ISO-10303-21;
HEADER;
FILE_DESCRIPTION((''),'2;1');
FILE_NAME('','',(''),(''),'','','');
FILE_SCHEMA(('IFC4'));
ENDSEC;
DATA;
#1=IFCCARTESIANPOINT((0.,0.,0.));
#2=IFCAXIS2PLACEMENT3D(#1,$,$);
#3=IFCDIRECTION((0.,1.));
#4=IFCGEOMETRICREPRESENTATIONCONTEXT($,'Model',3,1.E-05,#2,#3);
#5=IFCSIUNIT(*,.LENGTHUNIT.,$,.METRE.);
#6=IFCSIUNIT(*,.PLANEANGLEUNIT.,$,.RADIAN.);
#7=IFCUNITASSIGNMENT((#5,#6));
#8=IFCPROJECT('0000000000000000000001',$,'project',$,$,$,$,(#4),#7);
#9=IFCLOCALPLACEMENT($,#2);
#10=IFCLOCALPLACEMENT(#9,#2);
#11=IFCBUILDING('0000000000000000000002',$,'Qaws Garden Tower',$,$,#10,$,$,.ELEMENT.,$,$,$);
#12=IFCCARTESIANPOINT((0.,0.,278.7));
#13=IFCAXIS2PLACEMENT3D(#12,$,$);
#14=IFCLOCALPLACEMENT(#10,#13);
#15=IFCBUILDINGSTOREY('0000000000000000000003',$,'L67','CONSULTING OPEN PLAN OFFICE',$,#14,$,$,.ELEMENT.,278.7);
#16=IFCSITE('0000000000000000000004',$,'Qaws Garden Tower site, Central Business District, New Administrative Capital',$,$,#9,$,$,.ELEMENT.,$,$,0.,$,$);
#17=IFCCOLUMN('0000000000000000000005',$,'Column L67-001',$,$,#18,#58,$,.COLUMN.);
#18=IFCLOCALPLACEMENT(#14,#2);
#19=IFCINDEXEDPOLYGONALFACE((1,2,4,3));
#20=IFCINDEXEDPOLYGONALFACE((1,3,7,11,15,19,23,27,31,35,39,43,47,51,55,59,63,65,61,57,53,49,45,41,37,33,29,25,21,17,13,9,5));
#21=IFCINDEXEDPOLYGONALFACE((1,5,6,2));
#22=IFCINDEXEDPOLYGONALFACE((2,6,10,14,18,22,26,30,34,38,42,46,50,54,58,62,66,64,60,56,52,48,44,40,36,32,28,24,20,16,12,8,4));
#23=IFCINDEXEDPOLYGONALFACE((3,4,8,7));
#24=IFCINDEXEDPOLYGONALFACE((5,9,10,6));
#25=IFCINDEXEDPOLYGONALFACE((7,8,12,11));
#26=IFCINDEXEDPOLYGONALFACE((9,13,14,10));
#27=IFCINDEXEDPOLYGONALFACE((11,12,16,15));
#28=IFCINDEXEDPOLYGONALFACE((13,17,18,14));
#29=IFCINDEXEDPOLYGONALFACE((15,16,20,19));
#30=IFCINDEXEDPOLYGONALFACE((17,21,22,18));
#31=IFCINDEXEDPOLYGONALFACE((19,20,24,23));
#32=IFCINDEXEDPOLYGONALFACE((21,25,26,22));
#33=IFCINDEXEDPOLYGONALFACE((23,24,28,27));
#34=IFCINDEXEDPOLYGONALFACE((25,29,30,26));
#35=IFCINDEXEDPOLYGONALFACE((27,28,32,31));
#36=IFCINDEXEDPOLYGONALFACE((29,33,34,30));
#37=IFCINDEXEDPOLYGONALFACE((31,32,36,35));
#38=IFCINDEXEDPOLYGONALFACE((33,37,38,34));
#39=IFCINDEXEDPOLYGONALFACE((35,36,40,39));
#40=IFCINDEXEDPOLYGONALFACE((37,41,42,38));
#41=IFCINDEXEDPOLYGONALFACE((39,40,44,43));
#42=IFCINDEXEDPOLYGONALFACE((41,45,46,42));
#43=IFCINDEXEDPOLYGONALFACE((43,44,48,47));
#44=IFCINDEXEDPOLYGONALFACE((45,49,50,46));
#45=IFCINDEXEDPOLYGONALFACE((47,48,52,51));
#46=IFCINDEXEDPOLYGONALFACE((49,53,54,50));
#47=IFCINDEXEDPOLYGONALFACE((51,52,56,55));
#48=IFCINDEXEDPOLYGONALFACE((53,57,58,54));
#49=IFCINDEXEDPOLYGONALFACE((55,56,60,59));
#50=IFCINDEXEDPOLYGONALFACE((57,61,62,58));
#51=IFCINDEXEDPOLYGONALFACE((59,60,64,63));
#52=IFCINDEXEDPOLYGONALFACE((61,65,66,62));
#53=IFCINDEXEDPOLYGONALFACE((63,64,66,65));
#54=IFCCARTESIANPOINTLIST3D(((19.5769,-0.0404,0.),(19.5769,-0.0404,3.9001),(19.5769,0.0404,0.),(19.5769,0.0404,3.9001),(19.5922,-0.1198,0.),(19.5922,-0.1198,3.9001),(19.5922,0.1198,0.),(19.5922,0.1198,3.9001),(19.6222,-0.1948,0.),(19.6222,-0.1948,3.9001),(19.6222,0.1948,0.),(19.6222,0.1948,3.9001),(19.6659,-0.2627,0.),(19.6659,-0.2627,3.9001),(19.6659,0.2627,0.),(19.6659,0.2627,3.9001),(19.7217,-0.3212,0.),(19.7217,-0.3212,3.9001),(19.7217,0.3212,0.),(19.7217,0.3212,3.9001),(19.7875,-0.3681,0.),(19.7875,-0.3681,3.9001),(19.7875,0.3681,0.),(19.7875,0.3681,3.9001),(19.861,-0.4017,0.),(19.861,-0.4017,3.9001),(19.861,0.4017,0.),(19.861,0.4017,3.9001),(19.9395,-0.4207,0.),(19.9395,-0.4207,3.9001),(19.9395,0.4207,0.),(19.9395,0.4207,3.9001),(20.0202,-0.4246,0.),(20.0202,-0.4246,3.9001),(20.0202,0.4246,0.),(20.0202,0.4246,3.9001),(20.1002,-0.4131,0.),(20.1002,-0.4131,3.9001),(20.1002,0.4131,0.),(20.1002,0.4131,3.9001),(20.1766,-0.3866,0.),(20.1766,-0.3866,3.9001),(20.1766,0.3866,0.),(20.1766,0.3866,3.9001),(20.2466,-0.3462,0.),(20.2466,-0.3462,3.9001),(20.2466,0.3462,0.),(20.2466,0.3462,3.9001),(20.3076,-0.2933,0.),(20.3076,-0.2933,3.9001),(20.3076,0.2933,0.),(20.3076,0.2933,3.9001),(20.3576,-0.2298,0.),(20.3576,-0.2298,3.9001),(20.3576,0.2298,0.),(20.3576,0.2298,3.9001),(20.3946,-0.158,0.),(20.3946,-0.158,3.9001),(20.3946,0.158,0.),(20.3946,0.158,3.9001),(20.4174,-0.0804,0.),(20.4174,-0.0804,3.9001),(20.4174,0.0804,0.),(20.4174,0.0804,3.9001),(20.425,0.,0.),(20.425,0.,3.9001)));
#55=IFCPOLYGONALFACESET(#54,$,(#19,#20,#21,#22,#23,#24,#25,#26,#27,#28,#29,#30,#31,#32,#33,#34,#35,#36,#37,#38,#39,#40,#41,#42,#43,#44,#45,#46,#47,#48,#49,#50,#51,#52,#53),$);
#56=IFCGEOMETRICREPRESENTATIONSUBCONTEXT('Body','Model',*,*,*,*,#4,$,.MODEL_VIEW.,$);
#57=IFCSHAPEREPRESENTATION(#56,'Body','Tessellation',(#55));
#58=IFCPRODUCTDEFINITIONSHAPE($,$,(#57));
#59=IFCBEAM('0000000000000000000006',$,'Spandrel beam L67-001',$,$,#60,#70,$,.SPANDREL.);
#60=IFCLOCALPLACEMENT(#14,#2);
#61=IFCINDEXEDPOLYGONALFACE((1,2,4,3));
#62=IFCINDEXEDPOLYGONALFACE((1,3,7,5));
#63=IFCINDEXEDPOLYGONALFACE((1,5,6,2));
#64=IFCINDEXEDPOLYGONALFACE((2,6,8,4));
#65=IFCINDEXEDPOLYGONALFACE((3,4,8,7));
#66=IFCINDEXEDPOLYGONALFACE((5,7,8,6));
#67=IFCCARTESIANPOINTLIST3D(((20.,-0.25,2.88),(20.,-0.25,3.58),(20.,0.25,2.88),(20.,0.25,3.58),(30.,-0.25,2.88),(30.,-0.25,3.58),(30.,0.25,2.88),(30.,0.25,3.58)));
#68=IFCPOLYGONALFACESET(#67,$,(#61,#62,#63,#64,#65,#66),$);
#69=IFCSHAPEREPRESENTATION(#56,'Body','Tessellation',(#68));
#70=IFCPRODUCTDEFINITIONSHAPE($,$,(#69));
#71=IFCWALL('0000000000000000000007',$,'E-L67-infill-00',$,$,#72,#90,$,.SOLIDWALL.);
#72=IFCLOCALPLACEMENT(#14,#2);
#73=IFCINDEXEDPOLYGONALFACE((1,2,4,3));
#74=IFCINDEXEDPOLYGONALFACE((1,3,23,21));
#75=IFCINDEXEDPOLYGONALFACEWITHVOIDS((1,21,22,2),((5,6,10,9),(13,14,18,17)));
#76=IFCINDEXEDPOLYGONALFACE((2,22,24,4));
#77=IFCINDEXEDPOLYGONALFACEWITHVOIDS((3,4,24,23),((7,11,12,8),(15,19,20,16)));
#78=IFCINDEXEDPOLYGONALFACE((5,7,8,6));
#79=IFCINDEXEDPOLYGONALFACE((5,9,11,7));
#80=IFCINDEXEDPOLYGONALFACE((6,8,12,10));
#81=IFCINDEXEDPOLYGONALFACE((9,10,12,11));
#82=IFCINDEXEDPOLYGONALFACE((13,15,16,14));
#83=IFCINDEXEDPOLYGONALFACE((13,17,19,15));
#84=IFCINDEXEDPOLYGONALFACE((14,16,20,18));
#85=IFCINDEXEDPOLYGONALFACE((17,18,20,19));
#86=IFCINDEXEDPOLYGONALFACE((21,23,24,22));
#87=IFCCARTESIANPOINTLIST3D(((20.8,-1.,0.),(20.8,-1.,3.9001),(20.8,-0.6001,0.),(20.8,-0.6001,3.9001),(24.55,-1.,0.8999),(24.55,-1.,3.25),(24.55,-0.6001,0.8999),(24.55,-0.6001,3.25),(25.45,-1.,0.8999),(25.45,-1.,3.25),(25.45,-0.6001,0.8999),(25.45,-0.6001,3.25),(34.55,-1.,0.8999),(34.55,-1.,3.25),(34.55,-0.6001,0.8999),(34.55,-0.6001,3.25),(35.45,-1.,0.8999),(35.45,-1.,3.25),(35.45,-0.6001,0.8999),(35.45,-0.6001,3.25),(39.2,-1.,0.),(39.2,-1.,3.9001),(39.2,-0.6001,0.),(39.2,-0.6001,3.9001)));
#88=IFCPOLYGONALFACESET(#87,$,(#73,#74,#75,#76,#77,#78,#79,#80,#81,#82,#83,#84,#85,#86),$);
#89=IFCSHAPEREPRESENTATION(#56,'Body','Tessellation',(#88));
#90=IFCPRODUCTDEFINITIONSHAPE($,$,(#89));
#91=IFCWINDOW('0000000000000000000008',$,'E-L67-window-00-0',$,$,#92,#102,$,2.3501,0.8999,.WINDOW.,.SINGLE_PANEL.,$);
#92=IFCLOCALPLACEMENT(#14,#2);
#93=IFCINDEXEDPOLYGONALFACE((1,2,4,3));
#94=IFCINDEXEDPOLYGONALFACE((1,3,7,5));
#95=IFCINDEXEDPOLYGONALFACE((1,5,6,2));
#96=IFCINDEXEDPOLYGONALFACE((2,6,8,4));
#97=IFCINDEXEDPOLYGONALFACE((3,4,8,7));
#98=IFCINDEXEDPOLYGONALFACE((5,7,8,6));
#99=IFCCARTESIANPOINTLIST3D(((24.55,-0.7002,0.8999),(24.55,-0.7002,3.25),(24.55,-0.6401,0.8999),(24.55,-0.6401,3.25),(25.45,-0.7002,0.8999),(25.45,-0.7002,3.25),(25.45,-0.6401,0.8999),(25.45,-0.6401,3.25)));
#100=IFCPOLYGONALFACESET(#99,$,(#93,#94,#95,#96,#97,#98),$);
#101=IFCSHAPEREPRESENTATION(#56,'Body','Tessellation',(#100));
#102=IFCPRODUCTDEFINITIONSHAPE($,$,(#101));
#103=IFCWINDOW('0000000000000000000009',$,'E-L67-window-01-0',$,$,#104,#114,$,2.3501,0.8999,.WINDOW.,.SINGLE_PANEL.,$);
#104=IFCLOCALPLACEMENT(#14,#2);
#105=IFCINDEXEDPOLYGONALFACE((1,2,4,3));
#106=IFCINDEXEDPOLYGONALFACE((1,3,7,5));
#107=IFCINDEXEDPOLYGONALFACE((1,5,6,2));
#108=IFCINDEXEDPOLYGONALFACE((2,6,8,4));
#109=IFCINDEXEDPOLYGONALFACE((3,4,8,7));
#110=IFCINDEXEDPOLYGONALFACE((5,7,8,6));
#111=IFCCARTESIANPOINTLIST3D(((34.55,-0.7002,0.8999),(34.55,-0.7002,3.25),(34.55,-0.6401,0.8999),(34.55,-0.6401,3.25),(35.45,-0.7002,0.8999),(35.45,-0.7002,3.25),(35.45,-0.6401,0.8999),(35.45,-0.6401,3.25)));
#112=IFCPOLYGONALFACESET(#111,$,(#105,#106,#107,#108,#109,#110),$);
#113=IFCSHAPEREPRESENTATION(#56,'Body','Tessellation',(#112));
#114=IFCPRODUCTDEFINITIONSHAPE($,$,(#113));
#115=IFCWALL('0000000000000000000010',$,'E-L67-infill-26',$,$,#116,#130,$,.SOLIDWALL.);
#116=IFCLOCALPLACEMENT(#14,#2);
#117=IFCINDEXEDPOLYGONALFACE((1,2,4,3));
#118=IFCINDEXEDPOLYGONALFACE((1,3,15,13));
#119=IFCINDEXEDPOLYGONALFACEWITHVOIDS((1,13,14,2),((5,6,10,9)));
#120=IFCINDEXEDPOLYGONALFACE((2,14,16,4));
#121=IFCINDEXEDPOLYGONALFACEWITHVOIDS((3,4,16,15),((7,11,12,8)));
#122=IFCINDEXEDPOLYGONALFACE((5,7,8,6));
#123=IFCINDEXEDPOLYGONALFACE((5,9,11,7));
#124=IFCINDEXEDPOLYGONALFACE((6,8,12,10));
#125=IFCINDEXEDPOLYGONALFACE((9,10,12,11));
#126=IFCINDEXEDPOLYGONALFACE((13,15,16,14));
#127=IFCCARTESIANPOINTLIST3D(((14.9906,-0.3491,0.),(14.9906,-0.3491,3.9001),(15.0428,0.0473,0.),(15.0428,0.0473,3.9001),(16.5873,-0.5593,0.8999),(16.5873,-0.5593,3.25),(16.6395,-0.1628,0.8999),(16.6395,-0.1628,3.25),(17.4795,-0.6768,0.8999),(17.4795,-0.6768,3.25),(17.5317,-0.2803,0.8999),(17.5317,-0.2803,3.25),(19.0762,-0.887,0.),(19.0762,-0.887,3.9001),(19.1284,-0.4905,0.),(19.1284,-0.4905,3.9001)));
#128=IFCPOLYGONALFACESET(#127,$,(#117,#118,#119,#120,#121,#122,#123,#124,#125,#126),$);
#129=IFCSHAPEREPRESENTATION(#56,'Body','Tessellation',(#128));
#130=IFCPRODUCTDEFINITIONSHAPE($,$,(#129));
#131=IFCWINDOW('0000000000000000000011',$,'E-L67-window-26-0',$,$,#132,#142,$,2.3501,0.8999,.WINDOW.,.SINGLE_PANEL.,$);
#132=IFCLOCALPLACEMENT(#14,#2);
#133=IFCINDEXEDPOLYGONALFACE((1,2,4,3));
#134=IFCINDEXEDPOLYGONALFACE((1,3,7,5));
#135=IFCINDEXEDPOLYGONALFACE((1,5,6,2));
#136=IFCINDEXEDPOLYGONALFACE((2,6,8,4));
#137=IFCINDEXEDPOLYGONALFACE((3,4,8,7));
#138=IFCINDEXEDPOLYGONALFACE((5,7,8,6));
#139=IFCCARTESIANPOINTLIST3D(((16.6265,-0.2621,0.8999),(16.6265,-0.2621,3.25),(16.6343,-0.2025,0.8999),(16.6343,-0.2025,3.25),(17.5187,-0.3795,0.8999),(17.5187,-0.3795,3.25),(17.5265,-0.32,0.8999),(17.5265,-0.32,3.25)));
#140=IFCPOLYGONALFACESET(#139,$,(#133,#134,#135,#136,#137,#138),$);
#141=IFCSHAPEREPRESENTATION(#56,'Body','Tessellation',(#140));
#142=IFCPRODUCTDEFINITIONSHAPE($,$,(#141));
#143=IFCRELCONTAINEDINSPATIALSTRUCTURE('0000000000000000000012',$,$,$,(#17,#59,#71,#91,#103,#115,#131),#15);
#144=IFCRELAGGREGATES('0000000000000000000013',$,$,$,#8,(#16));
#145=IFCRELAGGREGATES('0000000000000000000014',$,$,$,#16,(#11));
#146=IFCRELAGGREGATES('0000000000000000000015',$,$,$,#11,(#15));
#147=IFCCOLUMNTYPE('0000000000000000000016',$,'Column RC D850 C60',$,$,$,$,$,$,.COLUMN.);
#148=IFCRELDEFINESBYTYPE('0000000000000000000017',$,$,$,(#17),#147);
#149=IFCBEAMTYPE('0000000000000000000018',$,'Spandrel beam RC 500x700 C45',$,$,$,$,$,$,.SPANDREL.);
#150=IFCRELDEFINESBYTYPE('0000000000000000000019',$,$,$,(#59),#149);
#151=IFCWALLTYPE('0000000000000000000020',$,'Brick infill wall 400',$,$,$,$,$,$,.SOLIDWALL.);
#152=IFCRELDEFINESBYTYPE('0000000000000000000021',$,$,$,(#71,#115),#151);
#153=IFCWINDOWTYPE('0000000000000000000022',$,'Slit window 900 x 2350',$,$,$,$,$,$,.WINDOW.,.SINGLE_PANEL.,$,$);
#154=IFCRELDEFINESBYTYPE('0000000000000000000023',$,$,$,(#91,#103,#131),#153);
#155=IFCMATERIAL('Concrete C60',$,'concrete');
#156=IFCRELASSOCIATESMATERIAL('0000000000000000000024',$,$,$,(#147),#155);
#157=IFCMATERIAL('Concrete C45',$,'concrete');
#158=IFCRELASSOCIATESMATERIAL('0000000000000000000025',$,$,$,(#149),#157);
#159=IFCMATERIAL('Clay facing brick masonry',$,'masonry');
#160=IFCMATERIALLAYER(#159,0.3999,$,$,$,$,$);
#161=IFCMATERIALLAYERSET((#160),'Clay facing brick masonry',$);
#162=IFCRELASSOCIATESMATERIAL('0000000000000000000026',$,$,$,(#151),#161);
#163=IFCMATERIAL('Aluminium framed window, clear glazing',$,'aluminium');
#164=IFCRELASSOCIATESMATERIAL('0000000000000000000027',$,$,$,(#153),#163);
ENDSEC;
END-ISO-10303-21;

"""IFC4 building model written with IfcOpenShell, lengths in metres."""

from ifc_helpers import new_model, si_unit, direction, frame, frame_2d, origin, origin_2d, place, context, subcontext, project, spatial, rectangle, circle, extrude, material, layer, layer_set, material_profile, profile_set, type_object, element, fill, save


model = new_model("IFC4")

# Units and contexts
model_context = context("Model", 3, precision=1e-05, world=origin(), true_north=direction((0.0, 1.0)))
body_context = subcontext(model_context, "Body", "Model", "MODEL_VIEW")
ifc_project = project(units=[si_unit("LENGTHUNIT", "METRE"), si_unit("PLANEANGLEUNIT", "RADIAN")], contexts=[model_context])

# Site, building, storey
site_placement = place(None, origin())
site = spatial("IfcSite", under=ifc_project, at=site_placement, Name="Qaws Garden Tower site, Central Business District, New Administrative Capital", CompositionType="ELEMENT", RefElevation=0.0)
building_placement = place(site_placement, origin())
building = spatial("IfcBuilding", under=site, at=building_placement, Name="Qaws Garden Tower", CompositionType="ELEMENT")
storey_placement = place(building_placement, frame((0.0, 0.0, 278.7)))
storey = spatial("IfcBuildingStorey", under=building, at=storey_placement, Name="L67", Description="CONSULTING OPEN PLAN OFFICE", CompositionType="ELEMENT", Elevation=278.7)

# Column
ifc_material_1 = material(Name="Concrete C60", Category="concrete")
ifc_material_profile_1 = material_profile(ifc_material_1, circle(Radius=0.425, at=origin_2d()), Name="RC D850")
ifc_profile_set_1 = profile_set([ifc_material_profile_1], Name="Concrete C60")
column_type = type_object("IfcColumnType", Name="Column RC D850 C60", PredefinedType="COLUMN", material=ifc_profile_set_1)
column_placement = place(storey_placement, frame((20.0, 0.0, 0.0), z_axis=(0.0, 0.0, 1.0), x_axis=(1.0, 0.0, 0.0)))
element("IfcColumn", 1, at=column_placement, inside=storey, type_object=column_type, Name="Column L67-001", PredefinedType="COLUMN", context=body_context, shape_type="SweptSolid", body=[
    extrude(circle(Radius=0.425, at=origin_2d()), origin(), (0.0, 0.0, 1.0), 3.9001),
])

# Beam
ifc_material_2 = material(Name="Concrete C45", Category="concrete")
ifc_material_profile_2 = material_profile(ifc_material_2, rectangle(XDim=0.5, YDim=0.7, at=origin_2d()), Name="RC 500x700")
ifc_profile_set_2 = profile_set([ifc_material_profile_2], Name="Concrete C45")
beam_type = type_object("IfcBeamType", Name="Spandrel beam RC 500x700 C45", PredefinedType="SPANDREL", material=ifc_profile_set_2)
beam_placement = place(storey_placement, frame((20.0, 0.0, 3.23), z_axis=(1.0, 0.0, 0.0), x_axis=(0.0, 1.0, 0.0)))
element("IfcBeam", 2, at=beam_placement, inside=storey, type_object=beam_type, Name="Spandrel beam L67-001", PredefinedType="SPANDREL", context=body_context, shape_type="SweptSolid", body=[
    extrude(rectangle(XDim=0.5, YDim=0.7, at=origin_2d()), origin(), (0.0, 0.0, 1.0), 10.0),
])

# Wall, openings, windows
ifc_material_3 = material(Name="Clay facing brick masonry", Category="masonry")
ifc_layer_1 = layer(ifc_material_3, 0.3999)
ifc_layer_set_1 = layer_set([ifc_layer_1], Name="Clay facing brick masonry")
wall_type_1 = type_object("IfcWallType", Name="Brick infill wall 400", PredefinedType="SOLIDWALL", material=ifc_layer_set_1)
wall_1_placement = place(storey_placement, frame((20.8, -0.8, 0.0), z_axis=(0.0, 0.0, 1.0), x_axis=(1.0, 0.0, 0.0)))
wall_1 = element("IfcWall", 3, at=wall_1_placement, inside=storey, type_object=wall_type_1, Name="E-L67-infill-00", PredefinedType="SOLIDWALL", context=body_context, shape_type="SweptSolid", body=[
    extrude(rectangle(XDim=18.3999, YDim=0.3999, at=frame_2d((9.2, 0.0))), origin(), (0.0, 0.0, 1.0), 3.9001),
])
opening_1_placement = place(wall_1_placement, frame((3.75, 0.0, 0.8999)))
opening_1 = element("IfcOpeningElement", 4, at=opening_1_placement, cuts=wall_1, PredefinedType="OPENING", context=body_context, shape_type="SweptSolid", body=[
    extrude(rectangle(XDim=0.8999, YDim=2.3501, at=frame_2d((0.45, 1.175))), frame((0.0, 0.21, 0.0), z_axis=(0.0, -1.0, 0.0), x_axis=(1.0, 0.0, 0.0)), (0.0, 0.0, 1.0), 0.4199),
])
opening_2_placement = place(wall_1_placement, frame((13.75, 0.0, 0.8999)))
opening_2 = element("IfcOpeningElement", 5, at=opening_2_placement, cuts=wall_1, PredefinedType="OPENING", context=body_context, shape_type="SweptSolid", body=[
    extrude(rectangle(XDim=0.8999, YDim=2.3501, at=frame_2d((0.45, 1.175))), frame((0.0, 0.21, 0.0), z_axis=(0.0, -1.0, 0.0), x_axis=(1.0, 0.0, 0.0)), (0.0, 0.0, 1.0), 0.4199),
])
ifc_material_4 = material(Name="Aluminium framed window, clear glazing", Category="aluminium")
window_type = type_object("IfcWindowType", Name="Slit window 900 x 2350", PartitioningType="SINGLE_PANEL", PredefinedType="WINDOW", material=ifc_material_4)
window_1_placement = place(opening_1_placement, origin())
window_1 = element("IfcWindow", 6, at=window_1_placement, inside=storey, type_object=window_type, Name="E-L67-window-00-0", OverallHeight=2.3501, OverallWidth=0.8999, PartitioningType="SINGLE_PANEL", PredefinedType="WINDOW", context=body_context, shape_type="SweptSolid", body=[
    extrude(rectangle(XDim=0.8999, YDim=2.3501, at=frame_2d((0.45, 1.175))), frame((0.0, 0.1599, 0.0), z_axis=(0.0, -1.0, 0.0), x_axis=(1.0, 0.0, 0.0)), (0.0, 0.0, 1.0), 0.0601),
])
fill(opening_1, window_1)
window_2_placement = place(opening_2_placement, origin())
window_2 = element("IfcWindow", 7, at=window_2_placement, inside=storey, type_object=window_type, Name="E-L67-window-01-0", OverallHeight=2.3501, OverallWidth=0.8999, PartitioningType="SINGLE_PANEL", PredefinedType="WINDOW", context=body_context, shape_type="SweptSolid", body=[
    extrude(rectangle(XDim=0.8999, YDim=2.3501, at=frame_2d((0.45, 1.175))), frame((0.0, 0.1599, 0.0), z_axis=(0.0, -1.0, 0.0), x_axis=(1.0, 0.0, 0.0)), (0.0, 0.0, 1.0), 0.0601),
])
fill(opening_2, window_2)

# Wall, opening, window
wall_2_placement = place(storey_placement, frame((15.0166, -0.1509, 0.0), z_axis=(0.0, 0.0, 1.0), x_axis=(0.991446, -0.130514, 0.0)))
wall_2 = element("IfcWall", 8, at=wall_2_placement, inside=storey, type_object=wall_type_1, Name="E-L67-infill-26", PredefinedType="SOLIDWALL", context=body_context, shape_type="SweptSolid", body=[
    extrude(rectangle(XDim=4.1208, YDim=0.3999, at=frame_2d((2.0605, 0.0))), origin(), (0.0, 0.0, 1.0), 3.9001),
])
opening_3_placement = place(wall_2_placement, frame((1.6106, 0.0, 0.8999)))
opening_3 = element("IfcOpeningElement", 9, at=opening_3_placement, cuts=wall_2, PredefinedType="OPENING", context=body_context, shape_type="SweptSolid", body=[
    extrude(rectangle(XDim=0.8999, YDim=2.3501, at=frame_2d((0.45, 1.175))), frame((0.0, 0.21, 0.0), z_axis=(0.0, -1.0, 0.0), x_axis=(1.0, 0.0, 0.0)), (0.0, 0.0, 1.0), 0.4199),
])
window_3_placement = place(opening_3_placement, origin())
window_3 = element("IfcWindow", 10, at=window_3_placement, inside=storey, type_object=window_type, Name="E-L67-window-26-0", OverallHeight=2.3501, OverallWidth=0.8999, PartitioningType="SINGLE_PANEL", PredefinedType="WINDOW", context=body_context, shape_type="SweptSolid", body=[
    extrude(rectangle(XDim=0.8999, YDim=2.3501, at=frame_2d((0.45, 1.175))), frame((0.0, 0.1599, 0.0), z_axis=(0.0, -1.0, 0.0), x_axis=(1.0, 0.0, 0.0)), (0.0, 0.0, 1.0), 0.0601),
])
fill(opening_3, window_3)

save(model, "model.ifc")
